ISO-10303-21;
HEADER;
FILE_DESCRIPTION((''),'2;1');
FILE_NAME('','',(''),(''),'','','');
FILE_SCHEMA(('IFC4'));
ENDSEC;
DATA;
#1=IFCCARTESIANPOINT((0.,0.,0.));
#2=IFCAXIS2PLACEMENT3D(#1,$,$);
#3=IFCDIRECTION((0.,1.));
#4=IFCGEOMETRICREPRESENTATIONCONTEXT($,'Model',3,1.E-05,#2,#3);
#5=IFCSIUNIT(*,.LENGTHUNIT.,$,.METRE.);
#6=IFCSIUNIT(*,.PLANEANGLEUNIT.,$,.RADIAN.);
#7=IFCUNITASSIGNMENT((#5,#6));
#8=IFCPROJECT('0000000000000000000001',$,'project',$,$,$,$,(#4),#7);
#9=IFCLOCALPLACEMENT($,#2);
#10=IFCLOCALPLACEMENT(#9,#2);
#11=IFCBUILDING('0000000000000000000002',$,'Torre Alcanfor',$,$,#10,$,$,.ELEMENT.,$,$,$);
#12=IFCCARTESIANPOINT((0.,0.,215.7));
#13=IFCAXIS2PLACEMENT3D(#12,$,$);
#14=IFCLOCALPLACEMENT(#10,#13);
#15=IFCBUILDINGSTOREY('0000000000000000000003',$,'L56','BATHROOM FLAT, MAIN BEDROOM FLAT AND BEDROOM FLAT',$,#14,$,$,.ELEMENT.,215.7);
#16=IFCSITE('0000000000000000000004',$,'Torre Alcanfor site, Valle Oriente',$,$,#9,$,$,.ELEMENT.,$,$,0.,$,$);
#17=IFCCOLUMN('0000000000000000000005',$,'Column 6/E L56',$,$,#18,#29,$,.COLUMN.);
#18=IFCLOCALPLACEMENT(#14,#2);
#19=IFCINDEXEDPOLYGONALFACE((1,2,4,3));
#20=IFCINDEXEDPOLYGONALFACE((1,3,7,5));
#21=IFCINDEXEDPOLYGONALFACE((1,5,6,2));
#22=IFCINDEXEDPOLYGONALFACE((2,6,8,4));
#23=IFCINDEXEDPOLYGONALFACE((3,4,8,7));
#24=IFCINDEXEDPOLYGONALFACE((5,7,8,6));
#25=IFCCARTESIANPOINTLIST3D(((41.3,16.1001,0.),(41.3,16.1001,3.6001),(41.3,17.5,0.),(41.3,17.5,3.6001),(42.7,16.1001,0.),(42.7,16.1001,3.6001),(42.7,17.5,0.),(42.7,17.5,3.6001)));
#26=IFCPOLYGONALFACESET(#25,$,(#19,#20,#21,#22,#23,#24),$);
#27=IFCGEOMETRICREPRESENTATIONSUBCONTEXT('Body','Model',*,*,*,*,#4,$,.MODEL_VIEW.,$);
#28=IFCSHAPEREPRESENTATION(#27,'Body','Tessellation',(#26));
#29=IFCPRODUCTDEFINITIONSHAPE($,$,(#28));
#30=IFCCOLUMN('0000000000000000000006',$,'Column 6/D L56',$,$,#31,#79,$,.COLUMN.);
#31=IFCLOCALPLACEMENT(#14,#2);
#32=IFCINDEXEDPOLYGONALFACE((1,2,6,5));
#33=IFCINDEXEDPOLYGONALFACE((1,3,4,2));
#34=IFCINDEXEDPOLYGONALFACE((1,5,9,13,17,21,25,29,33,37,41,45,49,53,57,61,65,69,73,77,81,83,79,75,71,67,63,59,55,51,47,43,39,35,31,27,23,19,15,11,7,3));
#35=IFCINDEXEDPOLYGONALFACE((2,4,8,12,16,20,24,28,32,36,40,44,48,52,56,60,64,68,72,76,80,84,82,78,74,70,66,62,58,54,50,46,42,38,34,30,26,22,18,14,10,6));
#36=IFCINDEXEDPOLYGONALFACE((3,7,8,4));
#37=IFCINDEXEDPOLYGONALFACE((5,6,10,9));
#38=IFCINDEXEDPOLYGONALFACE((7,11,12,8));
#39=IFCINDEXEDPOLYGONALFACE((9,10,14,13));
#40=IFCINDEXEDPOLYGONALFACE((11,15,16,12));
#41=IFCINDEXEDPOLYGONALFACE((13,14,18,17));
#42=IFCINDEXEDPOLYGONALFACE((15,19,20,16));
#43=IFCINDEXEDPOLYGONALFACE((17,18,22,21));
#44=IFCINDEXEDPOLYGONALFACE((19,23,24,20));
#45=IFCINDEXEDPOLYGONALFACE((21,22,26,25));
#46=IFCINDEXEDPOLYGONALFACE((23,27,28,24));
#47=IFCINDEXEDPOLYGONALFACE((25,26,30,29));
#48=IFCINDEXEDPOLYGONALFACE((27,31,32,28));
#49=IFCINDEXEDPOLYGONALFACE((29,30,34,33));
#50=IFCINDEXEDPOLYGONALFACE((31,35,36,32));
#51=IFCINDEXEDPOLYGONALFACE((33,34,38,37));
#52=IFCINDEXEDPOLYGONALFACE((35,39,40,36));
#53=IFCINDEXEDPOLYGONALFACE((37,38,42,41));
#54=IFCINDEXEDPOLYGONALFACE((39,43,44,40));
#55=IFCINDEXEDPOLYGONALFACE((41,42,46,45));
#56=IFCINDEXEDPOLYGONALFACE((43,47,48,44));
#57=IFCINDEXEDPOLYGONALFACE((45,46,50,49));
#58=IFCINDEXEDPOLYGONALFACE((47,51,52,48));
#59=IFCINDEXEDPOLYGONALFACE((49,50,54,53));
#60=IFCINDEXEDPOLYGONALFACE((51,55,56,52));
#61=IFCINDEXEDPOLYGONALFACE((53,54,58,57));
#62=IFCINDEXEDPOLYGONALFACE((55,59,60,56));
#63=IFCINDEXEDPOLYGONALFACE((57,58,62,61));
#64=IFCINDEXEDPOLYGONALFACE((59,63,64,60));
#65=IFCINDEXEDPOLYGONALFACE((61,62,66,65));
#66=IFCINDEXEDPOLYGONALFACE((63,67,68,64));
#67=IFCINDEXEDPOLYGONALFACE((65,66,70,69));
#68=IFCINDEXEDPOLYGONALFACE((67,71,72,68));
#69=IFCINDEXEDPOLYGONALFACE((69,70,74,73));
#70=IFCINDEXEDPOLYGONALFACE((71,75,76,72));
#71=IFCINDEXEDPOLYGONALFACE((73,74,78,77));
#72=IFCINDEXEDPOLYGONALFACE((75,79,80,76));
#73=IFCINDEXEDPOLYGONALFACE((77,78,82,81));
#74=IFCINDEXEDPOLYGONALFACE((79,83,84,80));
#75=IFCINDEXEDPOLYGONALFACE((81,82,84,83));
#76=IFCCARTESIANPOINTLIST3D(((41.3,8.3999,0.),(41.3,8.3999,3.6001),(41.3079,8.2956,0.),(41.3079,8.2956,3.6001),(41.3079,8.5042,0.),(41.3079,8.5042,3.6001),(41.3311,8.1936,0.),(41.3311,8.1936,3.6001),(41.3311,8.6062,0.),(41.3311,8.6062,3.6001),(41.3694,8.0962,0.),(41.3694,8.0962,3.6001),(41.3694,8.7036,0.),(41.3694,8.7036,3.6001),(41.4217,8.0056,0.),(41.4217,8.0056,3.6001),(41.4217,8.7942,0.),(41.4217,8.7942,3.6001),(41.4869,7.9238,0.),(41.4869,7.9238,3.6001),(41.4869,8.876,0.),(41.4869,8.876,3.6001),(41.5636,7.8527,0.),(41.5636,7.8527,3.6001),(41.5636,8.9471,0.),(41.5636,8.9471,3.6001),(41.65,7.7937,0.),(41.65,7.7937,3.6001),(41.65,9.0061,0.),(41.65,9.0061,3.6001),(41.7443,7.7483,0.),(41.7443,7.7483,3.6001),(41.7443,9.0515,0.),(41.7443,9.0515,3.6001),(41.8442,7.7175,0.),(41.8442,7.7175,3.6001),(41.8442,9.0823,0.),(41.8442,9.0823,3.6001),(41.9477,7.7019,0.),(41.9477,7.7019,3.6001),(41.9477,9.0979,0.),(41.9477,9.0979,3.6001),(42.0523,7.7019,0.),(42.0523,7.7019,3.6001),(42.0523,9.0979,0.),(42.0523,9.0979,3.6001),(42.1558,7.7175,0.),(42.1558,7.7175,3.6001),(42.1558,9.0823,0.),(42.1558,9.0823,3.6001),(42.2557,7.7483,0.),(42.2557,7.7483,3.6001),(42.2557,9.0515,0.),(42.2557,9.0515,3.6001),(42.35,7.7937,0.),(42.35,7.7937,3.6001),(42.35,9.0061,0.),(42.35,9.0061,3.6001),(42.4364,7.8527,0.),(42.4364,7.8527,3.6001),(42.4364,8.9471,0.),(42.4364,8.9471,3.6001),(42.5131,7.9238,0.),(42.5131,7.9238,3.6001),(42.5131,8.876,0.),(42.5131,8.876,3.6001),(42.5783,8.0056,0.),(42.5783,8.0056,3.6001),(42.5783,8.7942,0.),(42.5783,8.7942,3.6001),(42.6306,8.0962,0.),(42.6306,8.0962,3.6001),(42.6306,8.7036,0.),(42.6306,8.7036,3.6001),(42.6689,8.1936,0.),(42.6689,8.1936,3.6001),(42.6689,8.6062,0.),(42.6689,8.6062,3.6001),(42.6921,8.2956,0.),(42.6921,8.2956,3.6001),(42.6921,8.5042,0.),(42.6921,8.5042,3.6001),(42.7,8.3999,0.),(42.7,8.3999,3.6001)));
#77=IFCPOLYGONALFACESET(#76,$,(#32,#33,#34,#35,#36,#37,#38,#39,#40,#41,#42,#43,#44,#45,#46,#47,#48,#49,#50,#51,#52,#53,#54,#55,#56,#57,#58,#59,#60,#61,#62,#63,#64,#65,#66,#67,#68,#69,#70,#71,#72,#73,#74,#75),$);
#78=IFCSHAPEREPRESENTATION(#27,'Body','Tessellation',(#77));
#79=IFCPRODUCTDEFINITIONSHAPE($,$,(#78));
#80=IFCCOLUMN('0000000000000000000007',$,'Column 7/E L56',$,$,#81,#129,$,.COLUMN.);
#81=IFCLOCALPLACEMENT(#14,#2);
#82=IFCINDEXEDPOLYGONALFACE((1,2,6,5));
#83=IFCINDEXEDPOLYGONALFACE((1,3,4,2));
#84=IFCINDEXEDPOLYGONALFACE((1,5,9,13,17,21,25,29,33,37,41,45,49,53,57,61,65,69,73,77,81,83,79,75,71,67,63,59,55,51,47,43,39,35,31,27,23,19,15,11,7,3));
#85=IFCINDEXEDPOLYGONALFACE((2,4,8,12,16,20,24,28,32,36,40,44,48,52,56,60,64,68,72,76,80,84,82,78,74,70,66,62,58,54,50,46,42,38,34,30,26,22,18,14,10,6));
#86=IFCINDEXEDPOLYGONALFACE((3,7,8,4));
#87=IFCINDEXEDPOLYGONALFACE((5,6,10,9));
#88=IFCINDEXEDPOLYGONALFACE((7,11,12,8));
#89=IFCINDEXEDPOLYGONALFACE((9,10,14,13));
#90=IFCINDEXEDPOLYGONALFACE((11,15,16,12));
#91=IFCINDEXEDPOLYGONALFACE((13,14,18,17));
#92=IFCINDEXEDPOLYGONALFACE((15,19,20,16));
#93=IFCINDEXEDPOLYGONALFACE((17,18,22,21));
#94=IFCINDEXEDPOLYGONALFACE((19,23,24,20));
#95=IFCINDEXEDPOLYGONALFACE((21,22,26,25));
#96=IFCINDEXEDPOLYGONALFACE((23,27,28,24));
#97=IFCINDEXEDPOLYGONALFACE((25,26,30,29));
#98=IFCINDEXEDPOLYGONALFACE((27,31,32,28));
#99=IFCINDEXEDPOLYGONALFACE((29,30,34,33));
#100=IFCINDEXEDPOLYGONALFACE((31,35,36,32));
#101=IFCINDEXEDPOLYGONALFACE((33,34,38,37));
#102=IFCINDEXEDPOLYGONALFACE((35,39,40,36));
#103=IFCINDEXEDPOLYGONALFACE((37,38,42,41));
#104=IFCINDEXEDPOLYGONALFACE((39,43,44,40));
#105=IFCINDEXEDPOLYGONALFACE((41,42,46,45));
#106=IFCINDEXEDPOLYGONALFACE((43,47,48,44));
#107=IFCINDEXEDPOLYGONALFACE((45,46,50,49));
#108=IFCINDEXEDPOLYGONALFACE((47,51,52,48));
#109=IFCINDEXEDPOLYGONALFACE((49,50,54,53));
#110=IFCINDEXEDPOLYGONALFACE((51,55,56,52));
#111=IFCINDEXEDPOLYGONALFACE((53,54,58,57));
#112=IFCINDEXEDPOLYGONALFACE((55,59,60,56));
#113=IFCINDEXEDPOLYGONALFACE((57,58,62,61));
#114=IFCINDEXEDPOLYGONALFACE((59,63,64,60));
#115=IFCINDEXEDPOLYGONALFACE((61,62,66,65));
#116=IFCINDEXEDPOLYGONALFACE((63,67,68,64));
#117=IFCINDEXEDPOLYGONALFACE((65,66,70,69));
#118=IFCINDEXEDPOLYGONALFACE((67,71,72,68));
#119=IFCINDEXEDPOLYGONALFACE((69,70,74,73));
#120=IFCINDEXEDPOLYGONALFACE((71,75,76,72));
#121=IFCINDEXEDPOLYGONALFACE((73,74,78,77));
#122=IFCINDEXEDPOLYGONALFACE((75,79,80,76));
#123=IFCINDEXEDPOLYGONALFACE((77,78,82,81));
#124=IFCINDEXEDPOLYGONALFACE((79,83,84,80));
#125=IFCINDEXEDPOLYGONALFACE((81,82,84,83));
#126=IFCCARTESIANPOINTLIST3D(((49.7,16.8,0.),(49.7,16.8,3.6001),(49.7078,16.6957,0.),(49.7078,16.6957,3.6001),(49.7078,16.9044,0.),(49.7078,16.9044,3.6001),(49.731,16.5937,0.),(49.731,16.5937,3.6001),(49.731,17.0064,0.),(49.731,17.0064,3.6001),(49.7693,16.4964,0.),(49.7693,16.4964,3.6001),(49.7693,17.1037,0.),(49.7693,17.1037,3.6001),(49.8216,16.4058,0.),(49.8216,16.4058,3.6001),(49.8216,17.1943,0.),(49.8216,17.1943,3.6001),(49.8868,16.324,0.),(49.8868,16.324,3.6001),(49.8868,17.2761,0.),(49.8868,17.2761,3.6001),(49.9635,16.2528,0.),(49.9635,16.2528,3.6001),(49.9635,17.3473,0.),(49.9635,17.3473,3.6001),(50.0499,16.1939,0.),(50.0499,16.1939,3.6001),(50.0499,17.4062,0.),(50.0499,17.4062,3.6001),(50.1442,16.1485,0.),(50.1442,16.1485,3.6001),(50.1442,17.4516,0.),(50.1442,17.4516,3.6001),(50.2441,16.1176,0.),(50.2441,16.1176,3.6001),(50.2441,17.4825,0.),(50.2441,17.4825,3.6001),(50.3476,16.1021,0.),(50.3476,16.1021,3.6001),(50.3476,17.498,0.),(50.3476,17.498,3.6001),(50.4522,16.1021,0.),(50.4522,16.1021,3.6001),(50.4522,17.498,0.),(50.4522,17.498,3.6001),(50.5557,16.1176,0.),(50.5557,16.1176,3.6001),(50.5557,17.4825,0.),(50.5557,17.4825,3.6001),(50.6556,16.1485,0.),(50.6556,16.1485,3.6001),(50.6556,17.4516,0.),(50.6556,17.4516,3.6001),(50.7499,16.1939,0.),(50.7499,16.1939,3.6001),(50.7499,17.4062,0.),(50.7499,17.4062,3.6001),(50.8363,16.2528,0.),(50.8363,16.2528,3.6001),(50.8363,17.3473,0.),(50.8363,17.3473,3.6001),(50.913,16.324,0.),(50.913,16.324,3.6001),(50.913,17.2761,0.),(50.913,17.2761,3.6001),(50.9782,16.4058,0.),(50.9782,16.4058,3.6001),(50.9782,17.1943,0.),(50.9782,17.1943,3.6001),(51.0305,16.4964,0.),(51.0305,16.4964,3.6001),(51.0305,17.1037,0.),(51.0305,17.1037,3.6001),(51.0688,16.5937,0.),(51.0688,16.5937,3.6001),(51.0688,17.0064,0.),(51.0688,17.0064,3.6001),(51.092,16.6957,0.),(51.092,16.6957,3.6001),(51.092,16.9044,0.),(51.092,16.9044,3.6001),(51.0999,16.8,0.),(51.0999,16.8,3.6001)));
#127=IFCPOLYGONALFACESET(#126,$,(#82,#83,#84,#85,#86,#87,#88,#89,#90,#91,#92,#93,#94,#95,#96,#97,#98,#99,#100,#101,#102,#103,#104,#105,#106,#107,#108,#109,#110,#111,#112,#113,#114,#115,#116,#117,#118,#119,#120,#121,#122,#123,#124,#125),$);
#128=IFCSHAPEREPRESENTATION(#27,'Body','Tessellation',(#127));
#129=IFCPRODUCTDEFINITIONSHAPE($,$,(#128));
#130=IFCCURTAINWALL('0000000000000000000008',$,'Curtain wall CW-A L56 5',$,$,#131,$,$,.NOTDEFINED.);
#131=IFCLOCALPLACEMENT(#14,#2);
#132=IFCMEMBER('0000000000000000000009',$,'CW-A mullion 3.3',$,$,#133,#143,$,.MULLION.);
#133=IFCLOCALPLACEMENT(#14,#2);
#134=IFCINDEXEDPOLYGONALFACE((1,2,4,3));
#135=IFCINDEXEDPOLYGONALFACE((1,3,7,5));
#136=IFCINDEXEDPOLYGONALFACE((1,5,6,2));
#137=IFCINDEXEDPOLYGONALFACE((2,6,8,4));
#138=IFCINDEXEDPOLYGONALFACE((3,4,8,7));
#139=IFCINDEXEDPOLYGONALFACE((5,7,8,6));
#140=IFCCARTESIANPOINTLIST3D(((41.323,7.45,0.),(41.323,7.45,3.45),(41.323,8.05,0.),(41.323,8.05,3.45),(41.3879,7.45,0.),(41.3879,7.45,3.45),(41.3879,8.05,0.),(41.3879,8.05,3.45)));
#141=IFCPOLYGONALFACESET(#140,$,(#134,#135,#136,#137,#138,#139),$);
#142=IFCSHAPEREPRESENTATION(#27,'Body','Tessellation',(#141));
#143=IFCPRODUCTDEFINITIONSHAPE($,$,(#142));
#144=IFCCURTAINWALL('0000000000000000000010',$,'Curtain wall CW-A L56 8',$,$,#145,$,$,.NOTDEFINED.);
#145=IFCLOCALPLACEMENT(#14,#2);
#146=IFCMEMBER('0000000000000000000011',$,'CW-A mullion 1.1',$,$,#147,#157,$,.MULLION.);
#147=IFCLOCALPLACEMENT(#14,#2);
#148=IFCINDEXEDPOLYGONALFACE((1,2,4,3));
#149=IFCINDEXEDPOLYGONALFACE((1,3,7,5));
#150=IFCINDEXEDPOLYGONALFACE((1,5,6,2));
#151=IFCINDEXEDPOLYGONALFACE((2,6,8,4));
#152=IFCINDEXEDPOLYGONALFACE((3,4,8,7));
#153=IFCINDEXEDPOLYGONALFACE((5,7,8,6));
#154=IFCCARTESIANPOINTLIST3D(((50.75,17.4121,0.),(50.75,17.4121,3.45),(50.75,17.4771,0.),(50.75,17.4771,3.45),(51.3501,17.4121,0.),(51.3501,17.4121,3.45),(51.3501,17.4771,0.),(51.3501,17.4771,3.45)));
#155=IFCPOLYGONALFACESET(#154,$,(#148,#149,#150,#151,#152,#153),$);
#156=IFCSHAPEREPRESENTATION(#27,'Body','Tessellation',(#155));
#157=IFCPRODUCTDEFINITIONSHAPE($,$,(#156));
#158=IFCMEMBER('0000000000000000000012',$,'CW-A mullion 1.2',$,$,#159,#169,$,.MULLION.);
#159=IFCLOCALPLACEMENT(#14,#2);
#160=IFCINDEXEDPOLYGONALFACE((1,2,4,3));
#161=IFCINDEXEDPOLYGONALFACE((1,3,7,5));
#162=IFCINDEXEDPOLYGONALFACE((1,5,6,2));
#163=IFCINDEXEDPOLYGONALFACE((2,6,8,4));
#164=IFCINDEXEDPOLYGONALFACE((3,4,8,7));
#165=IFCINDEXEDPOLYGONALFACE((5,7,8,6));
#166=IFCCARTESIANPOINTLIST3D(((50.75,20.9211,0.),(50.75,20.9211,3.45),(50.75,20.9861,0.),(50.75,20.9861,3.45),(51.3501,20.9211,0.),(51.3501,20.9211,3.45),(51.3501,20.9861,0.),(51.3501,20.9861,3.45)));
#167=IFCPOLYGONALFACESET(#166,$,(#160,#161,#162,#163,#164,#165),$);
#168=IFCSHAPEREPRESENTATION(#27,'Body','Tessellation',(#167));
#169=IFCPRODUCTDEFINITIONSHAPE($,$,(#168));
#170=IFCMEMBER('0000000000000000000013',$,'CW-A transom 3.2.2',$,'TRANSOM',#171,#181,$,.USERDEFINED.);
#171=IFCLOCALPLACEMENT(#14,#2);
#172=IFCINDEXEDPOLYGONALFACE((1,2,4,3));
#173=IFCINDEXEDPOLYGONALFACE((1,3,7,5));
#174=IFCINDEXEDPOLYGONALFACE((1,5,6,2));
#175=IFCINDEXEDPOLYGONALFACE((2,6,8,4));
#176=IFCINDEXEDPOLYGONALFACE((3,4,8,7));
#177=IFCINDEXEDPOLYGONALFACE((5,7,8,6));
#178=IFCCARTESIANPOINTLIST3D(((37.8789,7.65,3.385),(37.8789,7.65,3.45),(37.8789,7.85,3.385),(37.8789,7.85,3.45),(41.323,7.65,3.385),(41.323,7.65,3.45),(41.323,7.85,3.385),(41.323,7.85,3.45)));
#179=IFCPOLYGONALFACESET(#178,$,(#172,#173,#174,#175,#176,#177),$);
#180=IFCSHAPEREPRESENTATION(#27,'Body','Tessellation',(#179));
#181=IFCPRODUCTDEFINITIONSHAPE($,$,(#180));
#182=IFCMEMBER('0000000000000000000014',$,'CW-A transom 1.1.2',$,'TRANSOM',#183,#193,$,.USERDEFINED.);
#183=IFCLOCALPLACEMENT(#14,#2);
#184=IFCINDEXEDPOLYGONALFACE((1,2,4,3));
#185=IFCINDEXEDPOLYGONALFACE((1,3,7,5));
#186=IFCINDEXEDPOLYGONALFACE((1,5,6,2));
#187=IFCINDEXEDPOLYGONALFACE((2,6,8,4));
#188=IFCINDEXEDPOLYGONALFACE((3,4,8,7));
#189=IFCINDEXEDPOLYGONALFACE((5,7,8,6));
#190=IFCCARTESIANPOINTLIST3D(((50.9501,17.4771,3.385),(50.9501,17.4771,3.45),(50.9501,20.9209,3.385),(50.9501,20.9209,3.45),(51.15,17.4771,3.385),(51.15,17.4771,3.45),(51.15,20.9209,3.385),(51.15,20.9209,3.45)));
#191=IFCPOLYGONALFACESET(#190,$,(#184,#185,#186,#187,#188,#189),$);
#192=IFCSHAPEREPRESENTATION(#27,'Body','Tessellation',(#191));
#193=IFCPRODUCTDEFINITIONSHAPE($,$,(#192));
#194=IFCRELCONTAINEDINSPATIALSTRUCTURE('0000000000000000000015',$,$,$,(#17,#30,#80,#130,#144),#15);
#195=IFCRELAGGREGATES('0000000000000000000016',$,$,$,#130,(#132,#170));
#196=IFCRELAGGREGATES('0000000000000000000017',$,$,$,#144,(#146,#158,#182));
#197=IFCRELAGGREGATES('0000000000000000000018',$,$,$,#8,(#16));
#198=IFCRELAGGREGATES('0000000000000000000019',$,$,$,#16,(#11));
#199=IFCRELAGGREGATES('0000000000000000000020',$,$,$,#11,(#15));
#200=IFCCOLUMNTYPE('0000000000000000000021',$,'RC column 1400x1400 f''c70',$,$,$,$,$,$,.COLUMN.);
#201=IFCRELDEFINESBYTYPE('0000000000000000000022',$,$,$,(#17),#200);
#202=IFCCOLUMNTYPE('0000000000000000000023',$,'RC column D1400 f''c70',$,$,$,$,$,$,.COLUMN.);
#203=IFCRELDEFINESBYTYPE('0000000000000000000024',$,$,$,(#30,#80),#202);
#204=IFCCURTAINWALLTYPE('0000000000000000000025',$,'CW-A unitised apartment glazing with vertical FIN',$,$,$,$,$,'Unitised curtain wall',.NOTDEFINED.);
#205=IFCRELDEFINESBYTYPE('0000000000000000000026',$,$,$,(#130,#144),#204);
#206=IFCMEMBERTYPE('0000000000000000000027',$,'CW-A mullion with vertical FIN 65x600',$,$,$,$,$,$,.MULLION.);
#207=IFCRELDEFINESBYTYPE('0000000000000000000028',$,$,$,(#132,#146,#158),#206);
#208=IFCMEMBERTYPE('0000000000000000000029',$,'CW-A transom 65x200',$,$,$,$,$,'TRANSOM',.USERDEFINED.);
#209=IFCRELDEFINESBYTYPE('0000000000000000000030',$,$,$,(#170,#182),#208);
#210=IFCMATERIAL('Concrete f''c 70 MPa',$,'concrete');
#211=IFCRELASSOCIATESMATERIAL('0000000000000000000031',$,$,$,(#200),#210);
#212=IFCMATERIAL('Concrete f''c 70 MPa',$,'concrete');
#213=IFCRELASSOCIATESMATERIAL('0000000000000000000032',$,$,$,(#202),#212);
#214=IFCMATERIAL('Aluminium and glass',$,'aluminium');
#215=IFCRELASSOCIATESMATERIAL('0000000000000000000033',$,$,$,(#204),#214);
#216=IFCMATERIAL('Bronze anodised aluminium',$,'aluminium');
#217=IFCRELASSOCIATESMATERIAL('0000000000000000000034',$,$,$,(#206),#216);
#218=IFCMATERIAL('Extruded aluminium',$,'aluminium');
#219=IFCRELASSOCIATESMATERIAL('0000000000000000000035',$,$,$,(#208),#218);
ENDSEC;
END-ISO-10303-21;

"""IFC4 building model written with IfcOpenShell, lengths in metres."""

from ifc_helpers import new_model, si_unit, direction, frame, origin, origin_2d, place, context, subcontext, project, spatial, rectangle, circle, extrude, material, material_profile, profile_set, type_object, element, aggregate, save


model = new_model("IFC4")

# Units and contexts
model_context = context("Model", 3, precision=1e-05, world=origin(), true_north=direction((0.0, 1.0)))
body_context = subcontext(model_context, "Body", "Model", "MODEL_VIEW")
ifc_project = project(units=[si_unit("LENGTHUNIT", "METRE"), si_unit("PLANEANGLEUNIT", "RADIAN")], contexts=[model_context])

# Site, building, storey
site_placement = place(None, origin())
site = spatial("IfcSite", under=ifc_project, at=site_placement, Name="Torre Alcanfor site, Valle Oriente", CompositionType="ELEMENT", RefElevation=0.0)
building_placement = place(site_placement, origin())
building = spatial("IfcBuilding", under=site, at=building_placement, Name="Torre Alcanfor", CompositionType="ELEMENT")
storey_placement = place(building_placement, frame((0.0, 0.0, 215.7)))
storey = spatial("IfcBuildingStorey", under=building, at=storey_placement, Name="L56", Description="BATHROOM FLAT, MAIN BEDROOM FLAT AND BEDROOM FLAT", CompositionType="ELEMENT", Elevation=215.7)

# Columns
ifc_material_1 = material(Name="Concrete f'c 70 MPa", Category="concrete")
ifc_material_profile_1 = material_profile(ifc_material_1, rectangle(XDim=1.3999, YDim=1.3999, at=origin_2d()), Name="1400x1400")
ifc_profile_set_1 = profile_set([ifc_material_profile_1], Name="Concrete f'c 70 MPa")
column_type_1 = type_object("IfcColumnType", Name="RC column 1400x1400 f'c70", PredefinedType="COLUMN", material=ifc_profile_set_1)
column_placement = place(storey_placement, frame((42.0, 16.8, 0.0), z_axis=(0.0, 0.0, 1.0), x_axis=(1.0, 0.0, 0.0)))
element("IfcColumn", 1, at=column_placement, inside=storey, type_object=column_type_1, Name="Column 6/E L56", PredefinedType="COLUMN", context=body_context, shape_type="SweptSolid", body=[
    extrude(rectangle(XDim=1.3999, YDim=1.3999, at=origin_2d()), origin(), (0.0, 0.0, 1.0), 3.6001),
])
ifc_material_2 = material(Name="Concrete f'c 70 MPa", Category="concrete")
ifc_material_profile_2 = material_profile(ifc_material_2, circle(Radius=0.7, at=origin_2d()), Name="D1400")
ifc_profile_set_2 = profile_set([ifc_material_profile_2], Name="Concrete f'c 70 MPa")
column_type_2 = type_object("IfcColumnType", Name="RC column D1400 f'c70", PredefinedType="COLUMN", material=ifc_profile_set_2)
for number, where, z_axis, x_axis, name in (
    (2, (42.0, 8.3999, 0.0), (0.0, 0.0, 1.0), (1.0, 0.0, 0.0), "Column 6/D L56"),
    (3, (50.3999, 16.8, 0.0), (0.0, 0.0, 1.0), (1.0, 0.0, 0.0), "Column 7/E L56"),
):
    element("IfcColumn", number, at=place(storey_placement, frame(where, z_axis=z_axis, x_axis=x_axis)), inside=storey, type_object=column_type_2, Name=name, PredefinedType="COLUMN", context=body_context, shape_type="SweptSolid", body=[
        extrude(circle(Radius=0.7, at=origin_2d()), origin(), (0.0, 0.0, 1.0), 3.6001),
    ])

# Curtain wall, member
ifc_material_3 = material(Name="Aluminium and glass", Category="aluminium")
curtain_wall_type = type_object("IfcCurtainWallType", Name="CW-A unitised apartment glazing with vertical FIN", ElementType="Unitised curtain wall", PredefinedType="NOTDEFINED", material=ifc_material_3)
curtain_wall_1_placement = place(storey_placement, origin())
curtain_wall_1 = element("IfcCurtainWall", 4, at=curtain_wall_1_placement, inside=storey, type_object=curtain_wall_type, Name="Curtain wall CW-A L56 5", PredefinedType="NOTDEFINED")
ifc_material_4 = material(Name="Bronze anodised aluminium", Category="aluminium")
ifc_material_profile_3 = material_profile(ifc_material_4, rectangle(XDim=0.6001, YDim=0.0649, at=origin_2d()), Name="CW-A mullion 65x600")
ifc_profile_set_3 = profile_set([ifc_material_profile_3], Name="Bronze anodised aluminium")
member_type_1 = type_object("IfcMemberType", Name="CW-A mullion with vertical FIN 65x600", PredefinedType="MULLION", material=ifc_profile_set_3)
member_1_placement = place(storey_placement, frame((41.3555, 7.75, 0.0), z_axis=(0.0, 0.0, 1.0), x_axis=(0.0, 1.0, 0.0)))
member_1 = element("IfcMember", 5, at=member_1_placement, type_object=member_type_1, Name="CW-A mullion 3.3", PredefinedType="MULLION", context=body_context, shape_type="SweptSolid", body=[
    extrude(rectangle(XDim=0.6001, YDim=0.0649, at=origin_2d()), origin(), (0.0, 0.0, 1.0), 3.45),
])

# Curtain wall, members
curtain_wall_2_placement = place(storey_placement, origin())
curtain_wall_2 = element("IfcCurtainWall", 6, at=curtain_wall_2_placement, inside=storey, type_object=curtain_wall_type, Name="Curtain wall CW-A L56 8", PredefinedType="NOTDEFINED")
member_2_placement = place(storey_placement, frame((51.05, 17.4446, 0.0), z_axis=(0.0, 0.0, 1.0), x_axis=(-1.0, 0.0, 0.0)))
member_2 = element("IfcMember", 7, at=member_2_placement, type_object=member_type_1, Name="CW-A mullion 1.1", PredefinedType="MULLION", context=body_context, shape_type="SweptSolid", body=[
    extrude(rectangle(XDim=0.6001, YDim=0.0649, at=origin_2d()), origin(), (0.0, 0.0, 1.0), 3.45),
])
member_3_placement = place(storey_placement, frame((51.05, 20.9536, 0.0), z_axis=(0.0, 0.0, 1.0), x_axis=(-1.0, 0.0, 0.0)))
member_3 = element("IfcMember", 8, at=member_3_placement, type_object=member_type_1, Name="CW-A mullion 1.2", PredefinedType="MULLION", context=body_context, shape_type="SweptSolid", body=[
    extrude(rectangle(XDim=0.6001, YDim=0.0649, at=origin_2d()), origin(), (0.0, 0.0, 1.0), 3.45),
])

# Members
ifc_material_5 = material(Name="Extruded aluminium", Category="aluminium")
ifc_material_profile_4 = material_profile(ifc_material_5, rectangle(XDim=0.2, YDim=0.0649, at=origin_2d()), Name="CW-A transom 200x65")
ifc_profile_set_4 = profile_set([ifc_material_profile_4], Name="Extruded aluminium")
member_type_2 = type_object("IfcMemberType", Name="CW-A transom 65x200", ElementType="TRANSOM", PredefinedType="USERDEFINED", material=ifc_profile_set_4)
member_4_placement = place(storey_placement, frame((37.8789, 7.75, 3.4175), z_axis=(1.0, 0.0, 0.0), x_axis=(0.0, 1.0, 0.0)))
member_4 = element("IfcMember", 9, at=member_4_placement, type_object=member_type_2, Name="CW-A transom 3.2.2", ObjectType="TRANSOM", PredefinedType="USERDEFINED", context=body_context, shape_type="SweptSolid", body=[
    extrude(rectangle(XDim=0.2, YDim=0.0649, at=origin_2d()), origin(), (0.0, 0.0, 1.0), 3.4441),
])
member_5_placement = place(storey_placement, frame((51.05, 17.4771, 3.4175), z_axis=(0.0, 1.0, 0.0), x_axis=(-1.0, 0.0, 0.0)))
member_5 = element("IfcMember", 10, at=member_5_placement, type_object=member_type_2, Name="CW-A transom 1.1.2", ObjectType="TRANSOM", PredefinedType="USERDEFINED", context=body_context, shape_type="SweptSolid", body=[
    extrude(rectangle(XDim=0.2, YDim=0.0649, at=origin_2d()), origin(), (0.0, 0.0, 1.0), 3.4438),
])

aggregate(curtain_wall_1, [member_1, member_4])
aggregate(curtain_wall_2, [member_2, member_3, member_5])

save(model, "model.ifc")
